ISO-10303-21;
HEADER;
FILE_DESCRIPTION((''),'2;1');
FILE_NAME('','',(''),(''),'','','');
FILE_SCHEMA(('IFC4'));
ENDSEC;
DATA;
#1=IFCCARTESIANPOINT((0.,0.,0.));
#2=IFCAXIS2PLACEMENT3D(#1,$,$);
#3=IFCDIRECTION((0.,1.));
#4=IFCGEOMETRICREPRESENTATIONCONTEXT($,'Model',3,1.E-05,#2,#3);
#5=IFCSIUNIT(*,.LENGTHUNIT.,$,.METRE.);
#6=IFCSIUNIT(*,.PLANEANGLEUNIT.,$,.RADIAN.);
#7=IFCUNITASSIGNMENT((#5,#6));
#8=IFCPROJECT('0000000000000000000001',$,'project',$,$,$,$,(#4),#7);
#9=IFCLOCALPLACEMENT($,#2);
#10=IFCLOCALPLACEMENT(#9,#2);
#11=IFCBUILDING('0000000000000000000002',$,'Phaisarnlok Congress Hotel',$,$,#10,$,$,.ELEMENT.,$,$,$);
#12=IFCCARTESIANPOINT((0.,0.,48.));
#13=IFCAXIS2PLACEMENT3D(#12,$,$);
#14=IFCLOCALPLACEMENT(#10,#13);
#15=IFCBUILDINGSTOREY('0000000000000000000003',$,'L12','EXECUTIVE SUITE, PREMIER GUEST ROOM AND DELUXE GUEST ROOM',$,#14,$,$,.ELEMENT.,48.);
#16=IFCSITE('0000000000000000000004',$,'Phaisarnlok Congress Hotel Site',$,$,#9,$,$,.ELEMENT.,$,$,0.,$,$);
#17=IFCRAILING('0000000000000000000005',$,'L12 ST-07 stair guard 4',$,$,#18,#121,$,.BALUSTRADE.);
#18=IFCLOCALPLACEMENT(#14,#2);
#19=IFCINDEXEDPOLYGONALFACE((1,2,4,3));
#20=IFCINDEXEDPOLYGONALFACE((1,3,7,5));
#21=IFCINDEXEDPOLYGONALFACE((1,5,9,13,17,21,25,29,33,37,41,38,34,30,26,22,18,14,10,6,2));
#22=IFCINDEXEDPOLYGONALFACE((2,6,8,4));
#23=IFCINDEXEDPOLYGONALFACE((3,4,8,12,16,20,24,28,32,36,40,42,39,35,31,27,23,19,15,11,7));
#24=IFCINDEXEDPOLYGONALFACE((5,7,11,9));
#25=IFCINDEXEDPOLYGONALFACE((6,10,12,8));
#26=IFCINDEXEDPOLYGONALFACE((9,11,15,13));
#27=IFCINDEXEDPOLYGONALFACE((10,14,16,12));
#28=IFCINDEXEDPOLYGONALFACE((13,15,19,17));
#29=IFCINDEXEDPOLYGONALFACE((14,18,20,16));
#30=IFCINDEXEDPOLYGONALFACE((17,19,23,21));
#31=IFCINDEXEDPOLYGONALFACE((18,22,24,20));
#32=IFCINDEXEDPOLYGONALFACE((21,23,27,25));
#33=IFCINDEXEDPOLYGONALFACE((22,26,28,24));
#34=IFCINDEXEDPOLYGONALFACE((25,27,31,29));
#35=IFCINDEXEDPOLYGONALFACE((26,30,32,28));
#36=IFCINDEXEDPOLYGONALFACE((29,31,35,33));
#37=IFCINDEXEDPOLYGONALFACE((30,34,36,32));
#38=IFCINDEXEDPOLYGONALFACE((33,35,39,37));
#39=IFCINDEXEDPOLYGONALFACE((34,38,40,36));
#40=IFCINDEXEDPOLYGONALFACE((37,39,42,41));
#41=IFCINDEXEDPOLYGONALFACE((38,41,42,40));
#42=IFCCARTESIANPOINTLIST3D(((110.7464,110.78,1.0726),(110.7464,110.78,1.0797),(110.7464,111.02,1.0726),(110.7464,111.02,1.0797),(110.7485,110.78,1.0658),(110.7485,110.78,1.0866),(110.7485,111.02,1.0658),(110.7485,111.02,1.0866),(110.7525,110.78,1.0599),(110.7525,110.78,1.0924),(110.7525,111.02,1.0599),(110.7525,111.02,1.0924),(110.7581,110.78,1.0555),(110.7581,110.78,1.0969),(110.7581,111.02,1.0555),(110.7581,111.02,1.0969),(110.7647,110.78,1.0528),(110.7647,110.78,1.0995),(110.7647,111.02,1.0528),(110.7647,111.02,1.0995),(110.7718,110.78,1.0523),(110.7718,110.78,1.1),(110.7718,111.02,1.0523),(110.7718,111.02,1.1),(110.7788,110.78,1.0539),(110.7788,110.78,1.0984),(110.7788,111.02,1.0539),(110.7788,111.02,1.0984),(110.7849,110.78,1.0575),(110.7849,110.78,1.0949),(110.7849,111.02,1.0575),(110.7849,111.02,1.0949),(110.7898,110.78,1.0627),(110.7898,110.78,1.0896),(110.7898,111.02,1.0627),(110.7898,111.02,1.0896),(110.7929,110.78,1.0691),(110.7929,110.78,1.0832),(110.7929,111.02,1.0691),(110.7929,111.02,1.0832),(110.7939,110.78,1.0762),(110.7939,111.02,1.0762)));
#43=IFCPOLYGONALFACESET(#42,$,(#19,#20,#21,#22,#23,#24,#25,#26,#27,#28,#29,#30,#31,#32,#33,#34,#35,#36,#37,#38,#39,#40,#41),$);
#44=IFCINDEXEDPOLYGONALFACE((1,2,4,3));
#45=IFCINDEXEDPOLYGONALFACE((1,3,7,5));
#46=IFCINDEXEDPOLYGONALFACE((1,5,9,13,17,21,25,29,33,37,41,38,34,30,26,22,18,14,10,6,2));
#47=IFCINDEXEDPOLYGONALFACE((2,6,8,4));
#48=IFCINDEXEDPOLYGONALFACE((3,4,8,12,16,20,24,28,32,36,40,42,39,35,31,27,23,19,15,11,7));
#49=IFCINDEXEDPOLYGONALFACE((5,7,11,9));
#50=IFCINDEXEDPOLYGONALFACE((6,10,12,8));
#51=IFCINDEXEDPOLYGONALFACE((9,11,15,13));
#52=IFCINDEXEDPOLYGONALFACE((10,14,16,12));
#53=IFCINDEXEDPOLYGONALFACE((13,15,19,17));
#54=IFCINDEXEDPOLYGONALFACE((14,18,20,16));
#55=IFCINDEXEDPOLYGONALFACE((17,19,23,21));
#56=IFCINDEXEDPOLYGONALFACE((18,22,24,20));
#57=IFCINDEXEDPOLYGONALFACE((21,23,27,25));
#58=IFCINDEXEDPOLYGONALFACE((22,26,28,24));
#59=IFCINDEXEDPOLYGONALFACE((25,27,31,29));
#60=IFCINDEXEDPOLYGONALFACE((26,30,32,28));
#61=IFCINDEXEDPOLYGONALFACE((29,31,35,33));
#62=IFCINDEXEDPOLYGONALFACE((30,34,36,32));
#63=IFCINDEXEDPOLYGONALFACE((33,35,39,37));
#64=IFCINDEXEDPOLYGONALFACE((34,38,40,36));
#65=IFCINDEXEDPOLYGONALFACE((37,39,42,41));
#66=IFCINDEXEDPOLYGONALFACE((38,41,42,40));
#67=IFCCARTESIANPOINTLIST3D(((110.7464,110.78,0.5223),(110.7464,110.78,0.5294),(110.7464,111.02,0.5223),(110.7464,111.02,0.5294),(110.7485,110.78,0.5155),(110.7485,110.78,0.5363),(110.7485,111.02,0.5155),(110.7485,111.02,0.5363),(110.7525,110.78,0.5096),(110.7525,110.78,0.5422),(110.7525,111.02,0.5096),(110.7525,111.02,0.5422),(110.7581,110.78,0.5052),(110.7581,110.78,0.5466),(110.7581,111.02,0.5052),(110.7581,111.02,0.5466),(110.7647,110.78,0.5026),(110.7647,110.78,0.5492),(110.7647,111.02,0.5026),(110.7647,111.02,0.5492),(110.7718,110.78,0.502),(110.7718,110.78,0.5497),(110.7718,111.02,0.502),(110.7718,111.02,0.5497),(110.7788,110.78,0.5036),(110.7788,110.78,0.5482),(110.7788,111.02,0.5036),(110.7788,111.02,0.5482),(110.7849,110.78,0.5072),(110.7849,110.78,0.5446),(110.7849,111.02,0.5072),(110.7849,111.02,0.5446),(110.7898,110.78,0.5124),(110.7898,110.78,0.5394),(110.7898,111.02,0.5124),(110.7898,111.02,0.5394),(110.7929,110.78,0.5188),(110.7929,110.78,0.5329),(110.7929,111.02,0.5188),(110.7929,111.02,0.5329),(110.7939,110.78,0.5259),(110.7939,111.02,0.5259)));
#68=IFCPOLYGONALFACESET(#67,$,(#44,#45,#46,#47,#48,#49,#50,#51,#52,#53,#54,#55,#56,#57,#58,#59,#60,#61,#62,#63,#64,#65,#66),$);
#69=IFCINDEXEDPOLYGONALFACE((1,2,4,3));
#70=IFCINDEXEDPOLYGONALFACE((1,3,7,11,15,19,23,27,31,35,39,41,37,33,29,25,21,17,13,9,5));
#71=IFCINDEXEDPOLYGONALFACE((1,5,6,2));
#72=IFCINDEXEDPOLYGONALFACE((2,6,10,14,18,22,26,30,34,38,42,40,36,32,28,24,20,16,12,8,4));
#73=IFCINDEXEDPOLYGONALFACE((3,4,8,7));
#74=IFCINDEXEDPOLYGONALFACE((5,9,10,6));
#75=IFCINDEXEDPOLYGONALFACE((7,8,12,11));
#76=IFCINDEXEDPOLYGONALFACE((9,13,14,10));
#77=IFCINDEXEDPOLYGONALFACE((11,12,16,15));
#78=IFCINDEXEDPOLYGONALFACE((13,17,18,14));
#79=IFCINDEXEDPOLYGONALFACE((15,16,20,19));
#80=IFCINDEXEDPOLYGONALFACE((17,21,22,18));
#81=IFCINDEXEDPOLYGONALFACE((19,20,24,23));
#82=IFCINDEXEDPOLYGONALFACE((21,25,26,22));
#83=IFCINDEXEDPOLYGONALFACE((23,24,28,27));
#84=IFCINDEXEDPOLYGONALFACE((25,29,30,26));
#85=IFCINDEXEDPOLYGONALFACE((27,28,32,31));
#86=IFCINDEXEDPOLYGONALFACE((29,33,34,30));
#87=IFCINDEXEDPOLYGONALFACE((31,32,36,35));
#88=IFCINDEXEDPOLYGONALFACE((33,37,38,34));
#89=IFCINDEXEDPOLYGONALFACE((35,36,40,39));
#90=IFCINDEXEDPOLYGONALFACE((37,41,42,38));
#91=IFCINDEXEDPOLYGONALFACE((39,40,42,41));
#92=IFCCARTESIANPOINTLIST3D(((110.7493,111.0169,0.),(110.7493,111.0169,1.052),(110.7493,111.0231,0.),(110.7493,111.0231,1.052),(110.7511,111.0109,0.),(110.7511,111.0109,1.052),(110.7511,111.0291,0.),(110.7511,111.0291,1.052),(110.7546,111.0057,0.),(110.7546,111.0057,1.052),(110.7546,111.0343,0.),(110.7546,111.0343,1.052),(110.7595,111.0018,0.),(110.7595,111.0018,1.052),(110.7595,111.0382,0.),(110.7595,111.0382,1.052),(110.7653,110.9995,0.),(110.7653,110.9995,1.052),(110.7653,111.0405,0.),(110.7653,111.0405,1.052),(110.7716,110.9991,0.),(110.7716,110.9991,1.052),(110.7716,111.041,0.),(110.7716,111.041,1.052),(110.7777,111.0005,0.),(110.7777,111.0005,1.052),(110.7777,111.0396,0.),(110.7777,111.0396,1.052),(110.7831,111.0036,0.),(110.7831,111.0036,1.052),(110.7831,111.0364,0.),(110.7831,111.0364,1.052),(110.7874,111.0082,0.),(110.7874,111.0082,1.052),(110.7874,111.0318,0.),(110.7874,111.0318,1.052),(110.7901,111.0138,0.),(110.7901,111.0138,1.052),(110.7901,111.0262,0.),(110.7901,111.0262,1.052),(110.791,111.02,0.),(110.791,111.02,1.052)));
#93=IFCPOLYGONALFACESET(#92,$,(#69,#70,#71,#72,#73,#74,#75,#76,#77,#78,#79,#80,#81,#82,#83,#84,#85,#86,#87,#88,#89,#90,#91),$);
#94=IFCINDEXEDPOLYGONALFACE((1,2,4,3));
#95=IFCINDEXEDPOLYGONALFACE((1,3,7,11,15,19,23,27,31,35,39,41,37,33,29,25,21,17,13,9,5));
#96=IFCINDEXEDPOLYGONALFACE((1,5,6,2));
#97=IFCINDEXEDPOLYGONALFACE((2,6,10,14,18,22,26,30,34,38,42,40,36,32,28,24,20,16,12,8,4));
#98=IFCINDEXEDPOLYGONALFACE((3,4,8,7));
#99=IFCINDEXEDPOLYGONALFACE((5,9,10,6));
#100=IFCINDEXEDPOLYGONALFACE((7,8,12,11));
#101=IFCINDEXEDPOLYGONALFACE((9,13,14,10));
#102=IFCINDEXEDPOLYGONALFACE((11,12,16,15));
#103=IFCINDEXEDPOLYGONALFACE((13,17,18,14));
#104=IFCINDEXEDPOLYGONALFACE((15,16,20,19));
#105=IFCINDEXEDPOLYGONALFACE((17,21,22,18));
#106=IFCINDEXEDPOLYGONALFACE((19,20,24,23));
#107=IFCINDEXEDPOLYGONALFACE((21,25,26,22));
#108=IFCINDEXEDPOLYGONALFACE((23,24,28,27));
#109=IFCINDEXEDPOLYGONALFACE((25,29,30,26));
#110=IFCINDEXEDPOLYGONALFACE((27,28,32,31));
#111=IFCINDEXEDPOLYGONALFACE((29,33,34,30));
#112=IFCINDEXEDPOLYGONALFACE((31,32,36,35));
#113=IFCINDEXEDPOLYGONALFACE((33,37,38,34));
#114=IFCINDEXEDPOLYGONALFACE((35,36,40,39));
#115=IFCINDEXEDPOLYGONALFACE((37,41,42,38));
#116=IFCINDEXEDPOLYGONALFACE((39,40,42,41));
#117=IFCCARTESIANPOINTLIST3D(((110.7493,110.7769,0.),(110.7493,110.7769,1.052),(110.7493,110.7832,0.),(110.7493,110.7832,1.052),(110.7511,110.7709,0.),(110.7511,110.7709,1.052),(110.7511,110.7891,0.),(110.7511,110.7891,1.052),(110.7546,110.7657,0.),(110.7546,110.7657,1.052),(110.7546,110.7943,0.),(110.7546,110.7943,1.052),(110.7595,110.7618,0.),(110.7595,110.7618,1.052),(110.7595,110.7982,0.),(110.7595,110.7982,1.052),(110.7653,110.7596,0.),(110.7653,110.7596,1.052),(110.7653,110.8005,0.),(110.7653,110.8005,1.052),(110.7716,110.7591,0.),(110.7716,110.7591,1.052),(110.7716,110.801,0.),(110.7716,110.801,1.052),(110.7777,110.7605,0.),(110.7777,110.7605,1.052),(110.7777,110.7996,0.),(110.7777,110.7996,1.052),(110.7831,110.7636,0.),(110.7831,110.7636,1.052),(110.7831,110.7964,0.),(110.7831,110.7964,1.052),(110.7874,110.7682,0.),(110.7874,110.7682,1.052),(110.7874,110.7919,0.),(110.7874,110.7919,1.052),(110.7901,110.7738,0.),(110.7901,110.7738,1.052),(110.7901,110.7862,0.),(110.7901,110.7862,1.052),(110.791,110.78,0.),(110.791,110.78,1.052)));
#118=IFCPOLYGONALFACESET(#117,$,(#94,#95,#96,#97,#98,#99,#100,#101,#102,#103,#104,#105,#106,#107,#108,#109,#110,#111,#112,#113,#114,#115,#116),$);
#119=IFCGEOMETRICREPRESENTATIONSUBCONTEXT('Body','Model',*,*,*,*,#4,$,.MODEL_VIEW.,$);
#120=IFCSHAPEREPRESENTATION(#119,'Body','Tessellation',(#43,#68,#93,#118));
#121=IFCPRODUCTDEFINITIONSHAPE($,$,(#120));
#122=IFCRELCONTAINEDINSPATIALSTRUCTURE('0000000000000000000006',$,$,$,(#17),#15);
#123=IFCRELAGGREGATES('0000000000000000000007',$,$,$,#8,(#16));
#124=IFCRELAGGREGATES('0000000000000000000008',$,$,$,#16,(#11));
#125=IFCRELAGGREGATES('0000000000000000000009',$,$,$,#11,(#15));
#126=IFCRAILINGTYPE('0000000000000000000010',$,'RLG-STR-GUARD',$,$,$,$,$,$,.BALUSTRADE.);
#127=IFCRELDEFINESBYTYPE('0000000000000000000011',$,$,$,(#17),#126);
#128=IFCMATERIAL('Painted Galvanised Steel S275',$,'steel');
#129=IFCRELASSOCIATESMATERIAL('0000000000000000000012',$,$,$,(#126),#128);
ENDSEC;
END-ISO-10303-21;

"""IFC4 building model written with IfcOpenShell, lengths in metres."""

from ifc_helpers import new_model, si_unit, direction, frame, origin, origin_2d, place, context, subcontext, project, spatial, circle, extrude, material, type_object, element, save


model = new_model("IFC4")

# Units and contexts
model_context = context("Model", 3, precision=1e-05, world=origin(), true_north=direction((0.0, 1.0)))
body_context = subcontext(model_context, "Body", "Model", "MODEL_VIEW")
ifc_project = project(units=[si_unit("LENGTHUNIT", "METRE"), si_unit("PLANEANGLEUNIT", "RADIAN")], contexts=[model_context])

# Site, building, storey
site_placement = place(None, origin())
site = spatial("IfcSite", under=ifc_project, at=site_placement, Name="Phaisarnlok Congress Hotel Site", CompositionType="ELEMENT", RefElevation=0.0)
building_placement = place(site_placement, origin())
building = spatial("IfcBuilding", under=site, at=building_placement, Name="Phaisarnlok Congress Hotel", CompositionType="ELEMENT")
storey_placement = place(building_placement, frame((0.0, 0.0, 48.0)))
storey = spatial("IfcBuildingStorey", under=building, at=storey_placement, Name="L12", Description="EXECUTIVE SUITE, PREMIER GUEST ROOM AND DELUXE GUEST ROOM", CompositionType="ELEMENT", Elevation=48.0)

# Railing
ifc_material_1 = material(Name="Painted Galvanised Steel S275", Category="steel")
railing_type_1 = type_object("IfcRailingType", Name="RLG-STR-GUARD", PredefinedType="BALUSTRADE", material=ifc_material_1)
railing_1_placement = place(storey_placement, frame((110.77, 111.02, 0.0)))
element("IfcRailing", 1, at=railing_1_placement, inside=storey, type_object=railing_type_1, Name="L12 ST-07 stair guard 4", PredefinedType="BALUSTRADE", context=body_context, shape_type="SweptSolid", body=[
    extrude(circle(Radius=0.0239, at=origin_2d()), frame((0.0, 0.0, 1.0762), z_axis=(0.0, -1.0, 0.0), x_axis=(1.0, 0.0, 0.0)), (0.0, 0.0, 1.0), 0.24),
    extrude(circle(Radius=0.0239, at=origin_2d()), frame((0.0, 0.0, 0.5259), z_axis=(0.0, -1.0, 0.0), x_axis=(1.0, 0.0, 0.0)), (0.0, 0.0, 1.0), 0.24),
    extrude(circle(Radius=0.021, at=origin_2d()), origin(), (0.0, 0.0, 1.0), 1.052),
    extrude(circle(Radius=0.021, at=origin_2d()), frame((0.0, -0.24, 0.0)), (0.0, 0.0, 1.0), 1.052),
])

save(model, "model.ifc")
